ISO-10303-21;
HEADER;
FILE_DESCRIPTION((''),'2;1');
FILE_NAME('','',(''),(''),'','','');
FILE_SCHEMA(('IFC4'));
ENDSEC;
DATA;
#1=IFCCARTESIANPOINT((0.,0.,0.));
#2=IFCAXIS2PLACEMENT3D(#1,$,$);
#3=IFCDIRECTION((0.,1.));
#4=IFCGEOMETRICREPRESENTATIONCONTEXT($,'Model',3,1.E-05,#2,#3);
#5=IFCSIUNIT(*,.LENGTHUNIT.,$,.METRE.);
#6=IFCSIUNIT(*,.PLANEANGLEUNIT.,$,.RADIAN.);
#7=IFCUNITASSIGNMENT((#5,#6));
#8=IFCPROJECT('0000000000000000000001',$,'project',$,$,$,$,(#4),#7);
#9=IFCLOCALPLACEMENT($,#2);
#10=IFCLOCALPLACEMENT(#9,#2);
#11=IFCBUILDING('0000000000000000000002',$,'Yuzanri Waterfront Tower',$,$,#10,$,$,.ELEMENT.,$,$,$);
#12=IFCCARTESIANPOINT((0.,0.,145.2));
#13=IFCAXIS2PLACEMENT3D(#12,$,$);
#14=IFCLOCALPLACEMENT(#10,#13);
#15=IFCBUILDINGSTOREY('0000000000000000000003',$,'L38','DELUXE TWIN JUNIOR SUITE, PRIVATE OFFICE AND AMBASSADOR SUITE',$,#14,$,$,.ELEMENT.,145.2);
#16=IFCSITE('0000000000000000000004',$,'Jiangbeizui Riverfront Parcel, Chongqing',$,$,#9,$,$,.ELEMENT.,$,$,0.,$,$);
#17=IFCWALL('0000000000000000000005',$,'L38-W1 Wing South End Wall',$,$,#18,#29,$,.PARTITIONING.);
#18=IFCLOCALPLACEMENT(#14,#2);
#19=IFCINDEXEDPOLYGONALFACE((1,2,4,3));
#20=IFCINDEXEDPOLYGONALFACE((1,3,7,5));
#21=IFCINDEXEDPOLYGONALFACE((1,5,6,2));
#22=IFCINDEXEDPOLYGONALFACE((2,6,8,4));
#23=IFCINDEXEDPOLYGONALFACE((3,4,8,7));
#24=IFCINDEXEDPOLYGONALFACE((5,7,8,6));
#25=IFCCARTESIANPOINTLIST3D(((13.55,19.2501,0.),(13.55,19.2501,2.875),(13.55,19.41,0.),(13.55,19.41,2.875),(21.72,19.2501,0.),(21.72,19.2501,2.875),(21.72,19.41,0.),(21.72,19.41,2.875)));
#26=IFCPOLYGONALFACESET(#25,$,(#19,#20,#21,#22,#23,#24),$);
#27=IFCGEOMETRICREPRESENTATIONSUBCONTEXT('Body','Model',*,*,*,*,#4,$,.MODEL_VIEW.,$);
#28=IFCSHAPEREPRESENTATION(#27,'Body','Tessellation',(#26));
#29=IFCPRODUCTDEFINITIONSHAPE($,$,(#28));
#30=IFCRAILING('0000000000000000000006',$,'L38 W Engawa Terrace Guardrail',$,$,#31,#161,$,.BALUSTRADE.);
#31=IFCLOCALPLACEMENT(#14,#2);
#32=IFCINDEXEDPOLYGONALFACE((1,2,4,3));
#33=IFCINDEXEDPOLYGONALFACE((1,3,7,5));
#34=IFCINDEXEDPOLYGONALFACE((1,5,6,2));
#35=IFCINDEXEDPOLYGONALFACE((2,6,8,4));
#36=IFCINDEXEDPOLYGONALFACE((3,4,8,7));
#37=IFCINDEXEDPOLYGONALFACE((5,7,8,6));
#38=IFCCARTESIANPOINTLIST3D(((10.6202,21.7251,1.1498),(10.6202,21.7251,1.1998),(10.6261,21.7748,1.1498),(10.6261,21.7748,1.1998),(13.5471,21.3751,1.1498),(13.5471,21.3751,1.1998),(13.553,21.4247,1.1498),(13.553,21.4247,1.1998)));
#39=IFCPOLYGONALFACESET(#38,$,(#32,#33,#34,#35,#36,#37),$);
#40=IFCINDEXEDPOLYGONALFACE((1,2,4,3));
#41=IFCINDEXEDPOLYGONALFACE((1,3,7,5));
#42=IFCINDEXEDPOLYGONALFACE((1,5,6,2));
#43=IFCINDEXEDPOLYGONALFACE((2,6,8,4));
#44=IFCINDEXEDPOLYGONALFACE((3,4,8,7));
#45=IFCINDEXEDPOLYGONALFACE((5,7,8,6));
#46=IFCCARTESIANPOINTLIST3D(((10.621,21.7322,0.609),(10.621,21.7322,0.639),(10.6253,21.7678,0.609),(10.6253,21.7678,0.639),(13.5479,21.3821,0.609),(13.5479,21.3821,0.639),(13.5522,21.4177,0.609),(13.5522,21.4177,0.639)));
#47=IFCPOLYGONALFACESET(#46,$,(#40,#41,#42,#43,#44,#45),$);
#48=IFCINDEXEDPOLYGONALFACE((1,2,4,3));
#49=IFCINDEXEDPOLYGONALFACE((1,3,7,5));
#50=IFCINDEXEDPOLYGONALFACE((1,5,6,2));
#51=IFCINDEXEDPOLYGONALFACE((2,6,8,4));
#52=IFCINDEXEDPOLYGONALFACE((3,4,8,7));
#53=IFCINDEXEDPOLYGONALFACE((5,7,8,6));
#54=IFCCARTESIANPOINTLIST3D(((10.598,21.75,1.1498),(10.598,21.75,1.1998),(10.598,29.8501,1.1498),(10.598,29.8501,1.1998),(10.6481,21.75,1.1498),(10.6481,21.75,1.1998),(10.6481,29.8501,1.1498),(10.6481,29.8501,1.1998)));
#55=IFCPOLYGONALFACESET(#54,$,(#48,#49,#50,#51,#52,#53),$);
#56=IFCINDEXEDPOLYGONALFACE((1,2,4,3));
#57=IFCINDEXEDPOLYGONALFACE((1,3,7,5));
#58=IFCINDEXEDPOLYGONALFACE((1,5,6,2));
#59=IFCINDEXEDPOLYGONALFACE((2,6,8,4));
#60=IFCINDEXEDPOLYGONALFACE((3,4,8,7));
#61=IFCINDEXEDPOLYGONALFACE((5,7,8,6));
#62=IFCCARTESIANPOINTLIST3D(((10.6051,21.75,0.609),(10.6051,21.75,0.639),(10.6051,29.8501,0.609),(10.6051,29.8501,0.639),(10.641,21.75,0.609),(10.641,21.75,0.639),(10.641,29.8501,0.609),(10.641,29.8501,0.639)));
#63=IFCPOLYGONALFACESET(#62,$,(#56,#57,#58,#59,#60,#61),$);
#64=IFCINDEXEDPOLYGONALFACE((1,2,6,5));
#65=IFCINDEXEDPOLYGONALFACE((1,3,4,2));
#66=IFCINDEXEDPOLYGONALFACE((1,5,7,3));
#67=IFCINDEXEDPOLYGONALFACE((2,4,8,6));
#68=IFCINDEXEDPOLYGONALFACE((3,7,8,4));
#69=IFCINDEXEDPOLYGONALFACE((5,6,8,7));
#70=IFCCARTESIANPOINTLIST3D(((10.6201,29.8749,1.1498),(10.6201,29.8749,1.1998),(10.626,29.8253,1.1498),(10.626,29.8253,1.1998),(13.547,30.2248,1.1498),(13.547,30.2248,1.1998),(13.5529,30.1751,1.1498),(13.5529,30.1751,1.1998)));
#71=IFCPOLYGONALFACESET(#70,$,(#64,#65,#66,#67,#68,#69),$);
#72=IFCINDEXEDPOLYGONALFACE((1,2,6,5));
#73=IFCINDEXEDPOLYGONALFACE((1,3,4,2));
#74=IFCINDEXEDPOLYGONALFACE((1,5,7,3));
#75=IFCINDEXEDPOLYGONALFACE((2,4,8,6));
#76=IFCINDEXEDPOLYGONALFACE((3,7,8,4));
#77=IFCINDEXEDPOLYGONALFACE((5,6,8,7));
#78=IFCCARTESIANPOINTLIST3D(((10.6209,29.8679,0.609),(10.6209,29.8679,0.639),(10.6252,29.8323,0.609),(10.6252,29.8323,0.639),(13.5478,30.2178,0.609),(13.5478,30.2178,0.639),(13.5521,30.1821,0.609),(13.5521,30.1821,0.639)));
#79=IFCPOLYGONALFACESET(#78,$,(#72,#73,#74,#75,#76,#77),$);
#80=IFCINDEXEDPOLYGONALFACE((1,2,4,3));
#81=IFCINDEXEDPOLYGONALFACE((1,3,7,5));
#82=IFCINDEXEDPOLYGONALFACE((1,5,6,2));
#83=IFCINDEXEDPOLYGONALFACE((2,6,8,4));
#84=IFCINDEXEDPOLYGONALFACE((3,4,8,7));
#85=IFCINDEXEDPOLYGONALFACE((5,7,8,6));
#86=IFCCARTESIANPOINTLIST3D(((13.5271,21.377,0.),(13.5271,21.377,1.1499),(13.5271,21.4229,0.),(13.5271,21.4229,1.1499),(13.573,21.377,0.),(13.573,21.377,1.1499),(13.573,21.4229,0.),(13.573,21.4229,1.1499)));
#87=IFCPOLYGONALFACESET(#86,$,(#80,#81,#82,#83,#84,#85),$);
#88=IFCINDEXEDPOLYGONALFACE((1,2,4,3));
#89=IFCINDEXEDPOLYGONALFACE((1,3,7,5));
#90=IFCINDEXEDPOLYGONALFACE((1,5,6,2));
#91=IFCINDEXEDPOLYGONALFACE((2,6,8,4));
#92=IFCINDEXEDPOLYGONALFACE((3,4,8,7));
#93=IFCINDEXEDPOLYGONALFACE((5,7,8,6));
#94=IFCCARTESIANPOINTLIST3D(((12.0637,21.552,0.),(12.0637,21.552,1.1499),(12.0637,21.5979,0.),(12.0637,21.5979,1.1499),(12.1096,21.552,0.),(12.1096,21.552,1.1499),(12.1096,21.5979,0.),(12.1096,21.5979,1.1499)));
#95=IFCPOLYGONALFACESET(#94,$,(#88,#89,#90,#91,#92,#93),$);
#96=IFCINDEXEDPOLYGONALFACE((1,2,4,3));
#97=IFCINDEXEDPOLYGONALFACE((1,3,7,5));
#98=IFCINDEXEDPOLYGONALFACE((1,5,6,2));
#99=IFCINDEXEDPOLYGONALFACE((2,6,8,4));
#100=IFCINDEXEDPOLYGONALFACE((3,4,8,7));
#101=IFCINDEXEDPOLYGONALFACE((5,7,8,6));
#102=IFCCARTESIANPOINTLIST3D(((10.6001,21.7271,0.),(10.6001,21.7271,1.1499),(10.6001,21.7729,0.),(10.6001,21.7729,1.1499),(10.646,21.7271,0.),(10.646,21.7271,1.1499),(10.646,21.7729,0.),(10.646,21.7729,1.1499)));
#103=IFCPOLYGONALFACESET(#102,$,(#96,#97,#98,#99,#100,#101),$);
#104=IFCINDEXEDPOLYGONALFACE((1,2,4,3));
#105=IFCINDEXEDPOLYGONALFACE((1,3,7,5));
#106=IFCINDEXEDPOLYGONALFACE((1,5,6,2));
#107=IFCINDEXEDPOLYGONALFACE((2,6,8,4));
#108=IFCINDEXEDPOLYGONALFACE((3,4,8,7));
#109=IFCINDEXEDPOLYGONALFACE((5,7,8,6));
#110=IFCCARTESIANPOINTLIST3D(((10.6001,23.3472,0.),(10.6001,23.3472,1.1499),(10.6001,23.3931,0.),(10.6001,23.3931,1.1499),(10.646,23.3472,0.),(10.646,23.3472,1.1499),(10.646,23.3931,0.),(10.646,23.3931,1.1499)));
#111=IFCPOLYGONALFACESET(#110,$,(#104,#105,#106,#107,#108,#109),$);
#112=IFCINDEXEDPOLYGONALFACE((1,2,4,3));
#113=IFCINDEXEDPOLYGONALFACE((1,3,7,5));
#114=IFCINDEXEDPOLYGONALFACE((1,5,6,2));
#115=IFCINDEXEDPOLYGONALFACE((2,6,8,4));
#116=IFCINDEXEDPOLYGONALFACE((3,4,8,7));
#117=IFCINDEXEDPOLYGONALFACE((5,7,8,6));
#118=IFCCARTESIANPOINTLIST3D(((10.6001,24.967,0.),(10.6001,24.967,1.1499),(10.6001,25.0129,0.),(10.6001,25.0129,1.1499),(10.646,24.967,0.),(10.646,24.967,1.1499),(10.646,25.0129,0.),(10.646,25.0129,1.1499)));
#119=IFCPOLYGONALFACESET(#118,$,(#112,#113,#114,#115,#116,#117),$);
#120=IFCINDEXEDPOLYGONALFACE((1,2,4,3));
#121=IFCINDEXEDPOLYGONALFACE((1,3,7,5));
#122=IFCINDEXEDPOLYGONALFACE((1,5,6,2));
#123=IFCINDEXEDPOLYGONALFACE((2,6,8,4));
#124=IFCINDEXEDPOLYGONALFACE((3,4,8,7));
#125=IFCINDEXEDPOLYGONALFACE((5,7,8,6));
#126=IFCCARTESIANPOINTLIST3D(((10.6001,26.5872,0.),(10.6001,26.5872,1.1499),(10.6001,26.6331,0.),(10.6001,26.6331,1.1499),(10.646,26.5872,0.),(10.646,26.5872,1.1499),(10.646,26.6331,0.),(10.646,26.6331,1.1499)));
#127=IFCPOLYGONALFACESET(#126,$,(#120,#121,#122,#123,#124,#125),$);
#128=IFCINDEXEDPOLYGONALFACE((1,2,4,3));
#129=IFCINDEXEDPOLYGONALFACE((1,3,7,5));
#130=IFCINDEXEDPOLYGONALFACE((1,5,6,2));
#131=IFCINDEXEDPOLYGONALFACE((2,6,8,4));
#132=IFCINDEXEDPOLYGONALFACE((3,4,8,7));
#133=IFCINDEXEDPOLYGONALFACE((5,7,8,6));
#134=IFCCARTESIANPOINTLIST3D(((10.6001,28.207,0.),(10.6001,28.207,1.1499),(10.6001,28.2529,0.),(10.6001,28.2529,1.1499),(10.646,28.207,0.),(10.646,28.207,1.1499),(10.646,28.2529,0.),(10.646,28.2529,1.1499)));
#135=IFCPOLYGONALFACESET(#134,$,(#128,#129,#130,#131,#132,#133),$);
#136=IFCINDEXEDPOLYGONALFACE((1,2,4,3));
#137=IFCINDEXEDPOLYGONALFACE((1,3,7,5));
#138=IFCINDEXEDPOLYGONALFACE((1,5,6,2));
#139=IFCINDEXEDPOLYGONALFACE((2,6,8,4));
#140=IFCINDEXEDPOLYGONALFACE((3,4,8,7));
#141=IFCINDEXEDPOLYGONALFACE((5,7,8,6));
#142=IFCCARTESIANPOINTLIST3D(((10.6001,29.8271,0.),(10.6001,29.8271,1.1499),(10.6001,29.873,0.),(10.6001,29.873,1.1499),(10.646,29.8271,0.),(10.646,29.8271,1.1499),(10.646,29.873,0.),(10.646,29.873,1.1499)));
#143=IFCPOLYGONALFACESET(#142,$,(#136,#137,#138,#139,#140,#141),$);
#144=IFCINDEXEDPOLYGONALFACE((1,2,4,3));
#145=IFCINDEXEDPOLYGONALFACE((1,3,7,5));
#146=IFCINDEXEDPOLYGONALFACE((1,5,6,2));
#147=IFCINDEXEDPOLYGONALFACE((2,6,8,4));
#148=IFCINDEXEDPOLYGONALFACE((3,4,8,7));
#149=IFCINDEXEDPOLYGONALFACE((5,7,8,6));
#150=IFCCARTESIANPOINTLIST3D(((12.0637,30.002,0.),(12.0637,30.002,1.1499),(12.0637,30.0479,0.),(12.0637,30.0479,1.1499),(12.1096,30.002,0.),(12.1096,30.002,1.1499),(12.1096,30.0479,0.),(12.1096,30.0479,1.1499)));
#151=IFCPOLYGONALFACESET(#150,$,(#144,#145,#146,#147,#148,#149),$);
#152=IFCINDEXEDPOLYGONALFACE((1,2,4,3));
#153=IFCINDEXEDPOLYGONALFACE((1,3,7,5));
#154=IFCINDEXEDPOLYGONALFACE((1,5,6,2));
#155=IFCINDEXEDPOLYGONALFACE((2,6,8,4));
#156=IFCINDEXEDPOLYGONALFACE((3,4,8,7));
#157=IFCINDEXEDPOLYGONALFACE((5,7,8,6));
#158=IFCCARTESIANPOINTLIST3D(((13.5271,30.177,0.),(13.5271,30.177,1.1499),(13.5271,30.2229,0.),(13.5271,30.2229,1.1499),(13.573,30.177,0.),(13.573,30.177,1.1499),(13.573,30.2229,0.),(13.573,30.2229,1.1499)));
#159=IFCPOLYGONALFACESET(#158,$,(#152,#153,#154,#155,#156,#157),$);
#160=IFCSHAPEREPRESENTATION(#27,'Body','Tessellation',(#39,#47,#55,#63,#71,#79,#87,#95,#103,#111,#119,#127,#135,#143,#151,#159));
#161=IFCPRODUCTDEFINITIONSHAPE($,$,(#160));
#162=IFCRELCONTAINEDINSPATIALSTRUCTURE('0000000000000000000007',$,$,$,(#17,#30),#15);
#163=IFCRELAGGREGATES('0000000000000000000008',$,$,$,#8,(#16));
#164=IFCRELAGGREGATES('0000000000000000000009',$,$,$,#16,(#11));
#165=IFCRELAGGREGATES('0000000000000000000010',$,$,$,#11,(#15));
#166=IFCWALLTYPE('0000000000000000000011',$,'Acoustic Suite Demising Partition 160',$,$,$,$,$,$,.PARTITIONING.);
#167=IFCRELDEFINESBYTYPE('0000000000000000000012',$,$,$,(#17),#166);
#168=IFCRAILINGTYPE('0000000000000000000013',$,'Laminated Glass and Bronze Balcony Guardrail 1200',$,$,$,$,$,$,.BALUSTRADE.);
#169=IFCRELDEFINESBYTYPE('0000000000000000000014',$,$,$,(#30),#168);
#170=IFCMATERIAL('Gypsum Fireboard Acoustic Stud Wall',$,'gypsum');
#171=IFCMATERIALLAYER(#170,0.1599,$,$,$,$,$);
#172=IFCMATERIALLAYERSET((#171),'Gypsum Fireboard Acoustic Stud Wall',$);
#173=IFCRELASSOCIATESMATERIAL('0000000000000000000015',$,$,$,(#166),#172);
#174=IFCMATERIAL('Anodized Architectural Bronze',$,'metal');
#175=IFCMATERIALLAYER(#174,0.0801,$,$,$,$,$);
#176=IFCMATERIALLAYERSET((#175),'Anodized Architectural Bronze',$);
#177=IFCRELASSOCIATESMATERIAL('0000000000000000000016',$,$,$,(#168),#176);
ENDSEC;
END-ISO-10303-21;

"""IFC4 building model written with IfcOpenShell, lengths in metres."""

from ifc_helpers import new_model, si_unit, direction, frame, frame_2d, origin, origin_2d, place, context, subcontext, project, spatial, rectangle, extrude, source, transform, mapped, material, layer, layer_set, type_object, element, save


model = new_model("IFC4")

# Units and contexts
model_context = context("Model", 3, precision=1e-05, world=origin(), true_north=direction((0.0, 1.0)))
body_context = subcontext(model_context, "Body", "Model", "MODEL_VIEW")
ifc_project = project(units=[si_unit("LENGTHUNIT", "METRE"), si_unit("PLANEANGLEUNIT", "RADIAN")], contexts=[model_context])

# Site, building, storey
site_placement = place(None, origin())
site = spatial("IfcSite", under=ifc_project, at=site_placement, Name="Jiangbeizui Riverfront Parcel, Chongqing", CompositionType="ELEMENT", RefElevation=0.0)
building_placement = place(site_placement, origin())
building = spatial("IfcBuilding", under=site, at=building_placement, Name="Yuzanri Waterfront Tower", CompositionType="ELEMENT")
storey_placement = place(building_placement, frame((0.0, 0.0, 145.2)))
storey = spatial("IfcBuildingStorey", under=building, at=storey_placement, Name="L38", Description="DELUXE TWIN JUNIOR SUITE, PRIVATE OFFICE AND AMBASSADOR SUITE", CompositionType="ELEMENT", Elevation=145.2)

# Wall
ifc_material_1 = material(Name="Gypsum Fireboard Acoustic Stud Wall", Category="gypsum")
ifc_layer_1 = layer(ifc_material_1, 0.1599)
ifc_layer_set_1 = layer_set([ifc_layer_1], Name="Gypsum Fireboard Acoustic Stud Wall")
wall_type_1 = type_object("IfcWallType", Name="Acoustic Suite Demising Partition 160", PredefinedType="PARTITIONING", material=ifc_layer_set_1)
shared_shape_1 = source(origin(), body_context, "Body", "SweptSolid", [
    extrude(rectangle(XDim=8.1699, YDim=0.1599, at=frame_2d((4.085, 0.0))), origin(), (0.0, 0.0, 1.0), 2.875),
])
wall_1_placement = place(storey_placement, frame((13.55, 19.3301, 0.0), z_axis=(0.0, 0.0, 1.0), x_axis=(1.0, 0.0, 0.0)))
element("IfcWall", 1, at=wall_1_placement, inside=storey, type_object=wall_type_1, Name="L38-W1 Wing South End Wall", PredefinedType="PARTITIONING", context=body_context, shape_type="MappedRepresentation", body=[
    mapped(shared_shape_1, transform((0.0, 0.0, 0.0), scale=1.0)),
])

# Railing
ifc_material_2 = material(Name="Anodized Architectural Bronze", Category="metal")
ifc_layer_2 = layer(ifc_material_2, 0.0801)
ifc_layer_set_2 = layer_set([ifc_layer_2], Name="Anodized Architectural Bronze")
railing_type = type_object("IfcRailingType", Name="Laminated Glass and Bronze Balcony Guardrail 1200", PredefinedType="BALUSTRADE", material=ifc_layer_set_2)
shared_shape_2 = source(origin(), body_context, "Body", "SweptSolid", [
    extrude(rectangle(XDim=0.05, YDim=0.05, at=origin_2d()), frame((0.0, 0.0, 1.1748), z_axis=(-0.992923, 0.118763, 0.0), x_axis=(-0.118763, -0.992923, 0.0)), (0.0, 0.0, 1.0), 2.9478),
    extrude(rectangle(XDim=0.0359, YDim=0.03, at=origin_2d()), frame((0.0, 0.0, 0.624), z_axis=(-0.992923, 0.118763, 0.0), x_axis=(-0.118763, -0.992923, 0.0)), (0.0, 0.0, 1.0), 2.9478),
    extrude(rectangle(XDim=0.05, YDim=0.05, at=origin_2d()), frame((-2.927, 0.3501, 1.1748), z_axis=(0.0, 1.0, 0.0), x_axis=(-1.0, 0.0, 0.0)), (0.0, 0.0, 1.0), 8.1001),
    extrude(rectangle(XDim=0.0359, YDim=0.03, at=origin_2d()), frame((-2.927, 0.3501, 0.624), z_axis=(0.0, 1.0, 0.0), x_axis=(-1.0, 0.0, 0.0)), (0.0, 0.0, 1.0), 8.1001),
    extrude(rectangle(XDim=0.05, YDim=0.05, at=origin_2d()), frame((-2.927, 8.4502, 1.1748), z_axis=(0.992932, 0.118681, 0.0), x_axis=(-0.118681, 0.992932, 0.0)), (0.0, 0.0, 1.0), 2.9478),
    extrude(rectangle(XDim=0.0359, YDim=0.03, at=origin_2d()), frame((-2.927, 8.4502, 0.624), z_axis=(0.992932, 0.118681, 0.0), x_axis=(-0.118681, 0.992932, 0.0)), (0.0, 0.0, 1.0), 2.9478),
    extrude(rectangle(XDim=0.0459, YDim=0.0459, at=origin_2d()), origin(), (0.0, 0.0, 1.0), 1.1499),
    extrude(rectangle(XDim=0.0459, YDim=0.0459, at=origin_2d()), frame((-1.4634, 0.175, 0.0)), (0.0, 0.0, 1.0), 1.1499),
    extrude(rectangle(XDim=0.0459, YDim=0.0459, at=origin_2d()), frame((-2.927, 0.3501, 0.0)), (0.0, 0.0, 1.0), 1.1499),
    extrude(rectangle(XDim=0.0459, YDim=0.0459, at=origin_2d()), frame((-2.927, 1.9702, 0.0)), (0.0, 0.0, 1.0), 1.1499),
    extrude(rectangle(XDim=0.0459, YDim=0.0459, at=origin_2d()), frame((-2.927, 3.5901, 0.0)), (0.0, 0.0, 1.0), 1.1499),
    extrude(rectangle(XDim=0.0459, YDim=0.0459, at=origin_2d()), frame((-2.927, 5.2102, 0.0)), (0.0, 0.0, 1.0), 1.1499),
    extrude(rectangle(XDim=0.0459, YDim=0.0459, at=origin_2d()), frame((-2.927, 6.8301, 0.0)), (0.0, 0.0, 1.0), 1.1499),
    extrude(rectangle(XDim=0.0459, YDim=0.0459, at=origin_2d()), frame((-2.927, 8.4502, 0.0)), (0.0, 0.0, 1.0), 1.1499),
    extrude(rectangle(XDim=0.0459, YDim=0.0459, at=origin_2d()), frame((-1.4634, 8.625, 0.0)), (0.0, 0.0, 1.0), 1.1499),
    extrude(rectangle(XDim=0.0459, YDim=0.0459, at=origin_2d()), frame((0.0, 8.8, 0.0)), (0.0, 0.0, 1.0), 1.1499),
])
railing_placement = place(storey_placement, frame((13.55, 21.3999, 0.0)))
element("IfcRailing", 2, at=railing_placement, inside=storey, type_object=railing_type, Name="L38 W Engawa Terrace Guardrail", PredefinedType="BALUSTRADE", context=body_context, shape_type="MappedRepresentation", body=[
    mapped(shared_shape_2, transform((0.0, 0.0, 0.0), scale=1.0)),
])

save(model, "model.ifc")
